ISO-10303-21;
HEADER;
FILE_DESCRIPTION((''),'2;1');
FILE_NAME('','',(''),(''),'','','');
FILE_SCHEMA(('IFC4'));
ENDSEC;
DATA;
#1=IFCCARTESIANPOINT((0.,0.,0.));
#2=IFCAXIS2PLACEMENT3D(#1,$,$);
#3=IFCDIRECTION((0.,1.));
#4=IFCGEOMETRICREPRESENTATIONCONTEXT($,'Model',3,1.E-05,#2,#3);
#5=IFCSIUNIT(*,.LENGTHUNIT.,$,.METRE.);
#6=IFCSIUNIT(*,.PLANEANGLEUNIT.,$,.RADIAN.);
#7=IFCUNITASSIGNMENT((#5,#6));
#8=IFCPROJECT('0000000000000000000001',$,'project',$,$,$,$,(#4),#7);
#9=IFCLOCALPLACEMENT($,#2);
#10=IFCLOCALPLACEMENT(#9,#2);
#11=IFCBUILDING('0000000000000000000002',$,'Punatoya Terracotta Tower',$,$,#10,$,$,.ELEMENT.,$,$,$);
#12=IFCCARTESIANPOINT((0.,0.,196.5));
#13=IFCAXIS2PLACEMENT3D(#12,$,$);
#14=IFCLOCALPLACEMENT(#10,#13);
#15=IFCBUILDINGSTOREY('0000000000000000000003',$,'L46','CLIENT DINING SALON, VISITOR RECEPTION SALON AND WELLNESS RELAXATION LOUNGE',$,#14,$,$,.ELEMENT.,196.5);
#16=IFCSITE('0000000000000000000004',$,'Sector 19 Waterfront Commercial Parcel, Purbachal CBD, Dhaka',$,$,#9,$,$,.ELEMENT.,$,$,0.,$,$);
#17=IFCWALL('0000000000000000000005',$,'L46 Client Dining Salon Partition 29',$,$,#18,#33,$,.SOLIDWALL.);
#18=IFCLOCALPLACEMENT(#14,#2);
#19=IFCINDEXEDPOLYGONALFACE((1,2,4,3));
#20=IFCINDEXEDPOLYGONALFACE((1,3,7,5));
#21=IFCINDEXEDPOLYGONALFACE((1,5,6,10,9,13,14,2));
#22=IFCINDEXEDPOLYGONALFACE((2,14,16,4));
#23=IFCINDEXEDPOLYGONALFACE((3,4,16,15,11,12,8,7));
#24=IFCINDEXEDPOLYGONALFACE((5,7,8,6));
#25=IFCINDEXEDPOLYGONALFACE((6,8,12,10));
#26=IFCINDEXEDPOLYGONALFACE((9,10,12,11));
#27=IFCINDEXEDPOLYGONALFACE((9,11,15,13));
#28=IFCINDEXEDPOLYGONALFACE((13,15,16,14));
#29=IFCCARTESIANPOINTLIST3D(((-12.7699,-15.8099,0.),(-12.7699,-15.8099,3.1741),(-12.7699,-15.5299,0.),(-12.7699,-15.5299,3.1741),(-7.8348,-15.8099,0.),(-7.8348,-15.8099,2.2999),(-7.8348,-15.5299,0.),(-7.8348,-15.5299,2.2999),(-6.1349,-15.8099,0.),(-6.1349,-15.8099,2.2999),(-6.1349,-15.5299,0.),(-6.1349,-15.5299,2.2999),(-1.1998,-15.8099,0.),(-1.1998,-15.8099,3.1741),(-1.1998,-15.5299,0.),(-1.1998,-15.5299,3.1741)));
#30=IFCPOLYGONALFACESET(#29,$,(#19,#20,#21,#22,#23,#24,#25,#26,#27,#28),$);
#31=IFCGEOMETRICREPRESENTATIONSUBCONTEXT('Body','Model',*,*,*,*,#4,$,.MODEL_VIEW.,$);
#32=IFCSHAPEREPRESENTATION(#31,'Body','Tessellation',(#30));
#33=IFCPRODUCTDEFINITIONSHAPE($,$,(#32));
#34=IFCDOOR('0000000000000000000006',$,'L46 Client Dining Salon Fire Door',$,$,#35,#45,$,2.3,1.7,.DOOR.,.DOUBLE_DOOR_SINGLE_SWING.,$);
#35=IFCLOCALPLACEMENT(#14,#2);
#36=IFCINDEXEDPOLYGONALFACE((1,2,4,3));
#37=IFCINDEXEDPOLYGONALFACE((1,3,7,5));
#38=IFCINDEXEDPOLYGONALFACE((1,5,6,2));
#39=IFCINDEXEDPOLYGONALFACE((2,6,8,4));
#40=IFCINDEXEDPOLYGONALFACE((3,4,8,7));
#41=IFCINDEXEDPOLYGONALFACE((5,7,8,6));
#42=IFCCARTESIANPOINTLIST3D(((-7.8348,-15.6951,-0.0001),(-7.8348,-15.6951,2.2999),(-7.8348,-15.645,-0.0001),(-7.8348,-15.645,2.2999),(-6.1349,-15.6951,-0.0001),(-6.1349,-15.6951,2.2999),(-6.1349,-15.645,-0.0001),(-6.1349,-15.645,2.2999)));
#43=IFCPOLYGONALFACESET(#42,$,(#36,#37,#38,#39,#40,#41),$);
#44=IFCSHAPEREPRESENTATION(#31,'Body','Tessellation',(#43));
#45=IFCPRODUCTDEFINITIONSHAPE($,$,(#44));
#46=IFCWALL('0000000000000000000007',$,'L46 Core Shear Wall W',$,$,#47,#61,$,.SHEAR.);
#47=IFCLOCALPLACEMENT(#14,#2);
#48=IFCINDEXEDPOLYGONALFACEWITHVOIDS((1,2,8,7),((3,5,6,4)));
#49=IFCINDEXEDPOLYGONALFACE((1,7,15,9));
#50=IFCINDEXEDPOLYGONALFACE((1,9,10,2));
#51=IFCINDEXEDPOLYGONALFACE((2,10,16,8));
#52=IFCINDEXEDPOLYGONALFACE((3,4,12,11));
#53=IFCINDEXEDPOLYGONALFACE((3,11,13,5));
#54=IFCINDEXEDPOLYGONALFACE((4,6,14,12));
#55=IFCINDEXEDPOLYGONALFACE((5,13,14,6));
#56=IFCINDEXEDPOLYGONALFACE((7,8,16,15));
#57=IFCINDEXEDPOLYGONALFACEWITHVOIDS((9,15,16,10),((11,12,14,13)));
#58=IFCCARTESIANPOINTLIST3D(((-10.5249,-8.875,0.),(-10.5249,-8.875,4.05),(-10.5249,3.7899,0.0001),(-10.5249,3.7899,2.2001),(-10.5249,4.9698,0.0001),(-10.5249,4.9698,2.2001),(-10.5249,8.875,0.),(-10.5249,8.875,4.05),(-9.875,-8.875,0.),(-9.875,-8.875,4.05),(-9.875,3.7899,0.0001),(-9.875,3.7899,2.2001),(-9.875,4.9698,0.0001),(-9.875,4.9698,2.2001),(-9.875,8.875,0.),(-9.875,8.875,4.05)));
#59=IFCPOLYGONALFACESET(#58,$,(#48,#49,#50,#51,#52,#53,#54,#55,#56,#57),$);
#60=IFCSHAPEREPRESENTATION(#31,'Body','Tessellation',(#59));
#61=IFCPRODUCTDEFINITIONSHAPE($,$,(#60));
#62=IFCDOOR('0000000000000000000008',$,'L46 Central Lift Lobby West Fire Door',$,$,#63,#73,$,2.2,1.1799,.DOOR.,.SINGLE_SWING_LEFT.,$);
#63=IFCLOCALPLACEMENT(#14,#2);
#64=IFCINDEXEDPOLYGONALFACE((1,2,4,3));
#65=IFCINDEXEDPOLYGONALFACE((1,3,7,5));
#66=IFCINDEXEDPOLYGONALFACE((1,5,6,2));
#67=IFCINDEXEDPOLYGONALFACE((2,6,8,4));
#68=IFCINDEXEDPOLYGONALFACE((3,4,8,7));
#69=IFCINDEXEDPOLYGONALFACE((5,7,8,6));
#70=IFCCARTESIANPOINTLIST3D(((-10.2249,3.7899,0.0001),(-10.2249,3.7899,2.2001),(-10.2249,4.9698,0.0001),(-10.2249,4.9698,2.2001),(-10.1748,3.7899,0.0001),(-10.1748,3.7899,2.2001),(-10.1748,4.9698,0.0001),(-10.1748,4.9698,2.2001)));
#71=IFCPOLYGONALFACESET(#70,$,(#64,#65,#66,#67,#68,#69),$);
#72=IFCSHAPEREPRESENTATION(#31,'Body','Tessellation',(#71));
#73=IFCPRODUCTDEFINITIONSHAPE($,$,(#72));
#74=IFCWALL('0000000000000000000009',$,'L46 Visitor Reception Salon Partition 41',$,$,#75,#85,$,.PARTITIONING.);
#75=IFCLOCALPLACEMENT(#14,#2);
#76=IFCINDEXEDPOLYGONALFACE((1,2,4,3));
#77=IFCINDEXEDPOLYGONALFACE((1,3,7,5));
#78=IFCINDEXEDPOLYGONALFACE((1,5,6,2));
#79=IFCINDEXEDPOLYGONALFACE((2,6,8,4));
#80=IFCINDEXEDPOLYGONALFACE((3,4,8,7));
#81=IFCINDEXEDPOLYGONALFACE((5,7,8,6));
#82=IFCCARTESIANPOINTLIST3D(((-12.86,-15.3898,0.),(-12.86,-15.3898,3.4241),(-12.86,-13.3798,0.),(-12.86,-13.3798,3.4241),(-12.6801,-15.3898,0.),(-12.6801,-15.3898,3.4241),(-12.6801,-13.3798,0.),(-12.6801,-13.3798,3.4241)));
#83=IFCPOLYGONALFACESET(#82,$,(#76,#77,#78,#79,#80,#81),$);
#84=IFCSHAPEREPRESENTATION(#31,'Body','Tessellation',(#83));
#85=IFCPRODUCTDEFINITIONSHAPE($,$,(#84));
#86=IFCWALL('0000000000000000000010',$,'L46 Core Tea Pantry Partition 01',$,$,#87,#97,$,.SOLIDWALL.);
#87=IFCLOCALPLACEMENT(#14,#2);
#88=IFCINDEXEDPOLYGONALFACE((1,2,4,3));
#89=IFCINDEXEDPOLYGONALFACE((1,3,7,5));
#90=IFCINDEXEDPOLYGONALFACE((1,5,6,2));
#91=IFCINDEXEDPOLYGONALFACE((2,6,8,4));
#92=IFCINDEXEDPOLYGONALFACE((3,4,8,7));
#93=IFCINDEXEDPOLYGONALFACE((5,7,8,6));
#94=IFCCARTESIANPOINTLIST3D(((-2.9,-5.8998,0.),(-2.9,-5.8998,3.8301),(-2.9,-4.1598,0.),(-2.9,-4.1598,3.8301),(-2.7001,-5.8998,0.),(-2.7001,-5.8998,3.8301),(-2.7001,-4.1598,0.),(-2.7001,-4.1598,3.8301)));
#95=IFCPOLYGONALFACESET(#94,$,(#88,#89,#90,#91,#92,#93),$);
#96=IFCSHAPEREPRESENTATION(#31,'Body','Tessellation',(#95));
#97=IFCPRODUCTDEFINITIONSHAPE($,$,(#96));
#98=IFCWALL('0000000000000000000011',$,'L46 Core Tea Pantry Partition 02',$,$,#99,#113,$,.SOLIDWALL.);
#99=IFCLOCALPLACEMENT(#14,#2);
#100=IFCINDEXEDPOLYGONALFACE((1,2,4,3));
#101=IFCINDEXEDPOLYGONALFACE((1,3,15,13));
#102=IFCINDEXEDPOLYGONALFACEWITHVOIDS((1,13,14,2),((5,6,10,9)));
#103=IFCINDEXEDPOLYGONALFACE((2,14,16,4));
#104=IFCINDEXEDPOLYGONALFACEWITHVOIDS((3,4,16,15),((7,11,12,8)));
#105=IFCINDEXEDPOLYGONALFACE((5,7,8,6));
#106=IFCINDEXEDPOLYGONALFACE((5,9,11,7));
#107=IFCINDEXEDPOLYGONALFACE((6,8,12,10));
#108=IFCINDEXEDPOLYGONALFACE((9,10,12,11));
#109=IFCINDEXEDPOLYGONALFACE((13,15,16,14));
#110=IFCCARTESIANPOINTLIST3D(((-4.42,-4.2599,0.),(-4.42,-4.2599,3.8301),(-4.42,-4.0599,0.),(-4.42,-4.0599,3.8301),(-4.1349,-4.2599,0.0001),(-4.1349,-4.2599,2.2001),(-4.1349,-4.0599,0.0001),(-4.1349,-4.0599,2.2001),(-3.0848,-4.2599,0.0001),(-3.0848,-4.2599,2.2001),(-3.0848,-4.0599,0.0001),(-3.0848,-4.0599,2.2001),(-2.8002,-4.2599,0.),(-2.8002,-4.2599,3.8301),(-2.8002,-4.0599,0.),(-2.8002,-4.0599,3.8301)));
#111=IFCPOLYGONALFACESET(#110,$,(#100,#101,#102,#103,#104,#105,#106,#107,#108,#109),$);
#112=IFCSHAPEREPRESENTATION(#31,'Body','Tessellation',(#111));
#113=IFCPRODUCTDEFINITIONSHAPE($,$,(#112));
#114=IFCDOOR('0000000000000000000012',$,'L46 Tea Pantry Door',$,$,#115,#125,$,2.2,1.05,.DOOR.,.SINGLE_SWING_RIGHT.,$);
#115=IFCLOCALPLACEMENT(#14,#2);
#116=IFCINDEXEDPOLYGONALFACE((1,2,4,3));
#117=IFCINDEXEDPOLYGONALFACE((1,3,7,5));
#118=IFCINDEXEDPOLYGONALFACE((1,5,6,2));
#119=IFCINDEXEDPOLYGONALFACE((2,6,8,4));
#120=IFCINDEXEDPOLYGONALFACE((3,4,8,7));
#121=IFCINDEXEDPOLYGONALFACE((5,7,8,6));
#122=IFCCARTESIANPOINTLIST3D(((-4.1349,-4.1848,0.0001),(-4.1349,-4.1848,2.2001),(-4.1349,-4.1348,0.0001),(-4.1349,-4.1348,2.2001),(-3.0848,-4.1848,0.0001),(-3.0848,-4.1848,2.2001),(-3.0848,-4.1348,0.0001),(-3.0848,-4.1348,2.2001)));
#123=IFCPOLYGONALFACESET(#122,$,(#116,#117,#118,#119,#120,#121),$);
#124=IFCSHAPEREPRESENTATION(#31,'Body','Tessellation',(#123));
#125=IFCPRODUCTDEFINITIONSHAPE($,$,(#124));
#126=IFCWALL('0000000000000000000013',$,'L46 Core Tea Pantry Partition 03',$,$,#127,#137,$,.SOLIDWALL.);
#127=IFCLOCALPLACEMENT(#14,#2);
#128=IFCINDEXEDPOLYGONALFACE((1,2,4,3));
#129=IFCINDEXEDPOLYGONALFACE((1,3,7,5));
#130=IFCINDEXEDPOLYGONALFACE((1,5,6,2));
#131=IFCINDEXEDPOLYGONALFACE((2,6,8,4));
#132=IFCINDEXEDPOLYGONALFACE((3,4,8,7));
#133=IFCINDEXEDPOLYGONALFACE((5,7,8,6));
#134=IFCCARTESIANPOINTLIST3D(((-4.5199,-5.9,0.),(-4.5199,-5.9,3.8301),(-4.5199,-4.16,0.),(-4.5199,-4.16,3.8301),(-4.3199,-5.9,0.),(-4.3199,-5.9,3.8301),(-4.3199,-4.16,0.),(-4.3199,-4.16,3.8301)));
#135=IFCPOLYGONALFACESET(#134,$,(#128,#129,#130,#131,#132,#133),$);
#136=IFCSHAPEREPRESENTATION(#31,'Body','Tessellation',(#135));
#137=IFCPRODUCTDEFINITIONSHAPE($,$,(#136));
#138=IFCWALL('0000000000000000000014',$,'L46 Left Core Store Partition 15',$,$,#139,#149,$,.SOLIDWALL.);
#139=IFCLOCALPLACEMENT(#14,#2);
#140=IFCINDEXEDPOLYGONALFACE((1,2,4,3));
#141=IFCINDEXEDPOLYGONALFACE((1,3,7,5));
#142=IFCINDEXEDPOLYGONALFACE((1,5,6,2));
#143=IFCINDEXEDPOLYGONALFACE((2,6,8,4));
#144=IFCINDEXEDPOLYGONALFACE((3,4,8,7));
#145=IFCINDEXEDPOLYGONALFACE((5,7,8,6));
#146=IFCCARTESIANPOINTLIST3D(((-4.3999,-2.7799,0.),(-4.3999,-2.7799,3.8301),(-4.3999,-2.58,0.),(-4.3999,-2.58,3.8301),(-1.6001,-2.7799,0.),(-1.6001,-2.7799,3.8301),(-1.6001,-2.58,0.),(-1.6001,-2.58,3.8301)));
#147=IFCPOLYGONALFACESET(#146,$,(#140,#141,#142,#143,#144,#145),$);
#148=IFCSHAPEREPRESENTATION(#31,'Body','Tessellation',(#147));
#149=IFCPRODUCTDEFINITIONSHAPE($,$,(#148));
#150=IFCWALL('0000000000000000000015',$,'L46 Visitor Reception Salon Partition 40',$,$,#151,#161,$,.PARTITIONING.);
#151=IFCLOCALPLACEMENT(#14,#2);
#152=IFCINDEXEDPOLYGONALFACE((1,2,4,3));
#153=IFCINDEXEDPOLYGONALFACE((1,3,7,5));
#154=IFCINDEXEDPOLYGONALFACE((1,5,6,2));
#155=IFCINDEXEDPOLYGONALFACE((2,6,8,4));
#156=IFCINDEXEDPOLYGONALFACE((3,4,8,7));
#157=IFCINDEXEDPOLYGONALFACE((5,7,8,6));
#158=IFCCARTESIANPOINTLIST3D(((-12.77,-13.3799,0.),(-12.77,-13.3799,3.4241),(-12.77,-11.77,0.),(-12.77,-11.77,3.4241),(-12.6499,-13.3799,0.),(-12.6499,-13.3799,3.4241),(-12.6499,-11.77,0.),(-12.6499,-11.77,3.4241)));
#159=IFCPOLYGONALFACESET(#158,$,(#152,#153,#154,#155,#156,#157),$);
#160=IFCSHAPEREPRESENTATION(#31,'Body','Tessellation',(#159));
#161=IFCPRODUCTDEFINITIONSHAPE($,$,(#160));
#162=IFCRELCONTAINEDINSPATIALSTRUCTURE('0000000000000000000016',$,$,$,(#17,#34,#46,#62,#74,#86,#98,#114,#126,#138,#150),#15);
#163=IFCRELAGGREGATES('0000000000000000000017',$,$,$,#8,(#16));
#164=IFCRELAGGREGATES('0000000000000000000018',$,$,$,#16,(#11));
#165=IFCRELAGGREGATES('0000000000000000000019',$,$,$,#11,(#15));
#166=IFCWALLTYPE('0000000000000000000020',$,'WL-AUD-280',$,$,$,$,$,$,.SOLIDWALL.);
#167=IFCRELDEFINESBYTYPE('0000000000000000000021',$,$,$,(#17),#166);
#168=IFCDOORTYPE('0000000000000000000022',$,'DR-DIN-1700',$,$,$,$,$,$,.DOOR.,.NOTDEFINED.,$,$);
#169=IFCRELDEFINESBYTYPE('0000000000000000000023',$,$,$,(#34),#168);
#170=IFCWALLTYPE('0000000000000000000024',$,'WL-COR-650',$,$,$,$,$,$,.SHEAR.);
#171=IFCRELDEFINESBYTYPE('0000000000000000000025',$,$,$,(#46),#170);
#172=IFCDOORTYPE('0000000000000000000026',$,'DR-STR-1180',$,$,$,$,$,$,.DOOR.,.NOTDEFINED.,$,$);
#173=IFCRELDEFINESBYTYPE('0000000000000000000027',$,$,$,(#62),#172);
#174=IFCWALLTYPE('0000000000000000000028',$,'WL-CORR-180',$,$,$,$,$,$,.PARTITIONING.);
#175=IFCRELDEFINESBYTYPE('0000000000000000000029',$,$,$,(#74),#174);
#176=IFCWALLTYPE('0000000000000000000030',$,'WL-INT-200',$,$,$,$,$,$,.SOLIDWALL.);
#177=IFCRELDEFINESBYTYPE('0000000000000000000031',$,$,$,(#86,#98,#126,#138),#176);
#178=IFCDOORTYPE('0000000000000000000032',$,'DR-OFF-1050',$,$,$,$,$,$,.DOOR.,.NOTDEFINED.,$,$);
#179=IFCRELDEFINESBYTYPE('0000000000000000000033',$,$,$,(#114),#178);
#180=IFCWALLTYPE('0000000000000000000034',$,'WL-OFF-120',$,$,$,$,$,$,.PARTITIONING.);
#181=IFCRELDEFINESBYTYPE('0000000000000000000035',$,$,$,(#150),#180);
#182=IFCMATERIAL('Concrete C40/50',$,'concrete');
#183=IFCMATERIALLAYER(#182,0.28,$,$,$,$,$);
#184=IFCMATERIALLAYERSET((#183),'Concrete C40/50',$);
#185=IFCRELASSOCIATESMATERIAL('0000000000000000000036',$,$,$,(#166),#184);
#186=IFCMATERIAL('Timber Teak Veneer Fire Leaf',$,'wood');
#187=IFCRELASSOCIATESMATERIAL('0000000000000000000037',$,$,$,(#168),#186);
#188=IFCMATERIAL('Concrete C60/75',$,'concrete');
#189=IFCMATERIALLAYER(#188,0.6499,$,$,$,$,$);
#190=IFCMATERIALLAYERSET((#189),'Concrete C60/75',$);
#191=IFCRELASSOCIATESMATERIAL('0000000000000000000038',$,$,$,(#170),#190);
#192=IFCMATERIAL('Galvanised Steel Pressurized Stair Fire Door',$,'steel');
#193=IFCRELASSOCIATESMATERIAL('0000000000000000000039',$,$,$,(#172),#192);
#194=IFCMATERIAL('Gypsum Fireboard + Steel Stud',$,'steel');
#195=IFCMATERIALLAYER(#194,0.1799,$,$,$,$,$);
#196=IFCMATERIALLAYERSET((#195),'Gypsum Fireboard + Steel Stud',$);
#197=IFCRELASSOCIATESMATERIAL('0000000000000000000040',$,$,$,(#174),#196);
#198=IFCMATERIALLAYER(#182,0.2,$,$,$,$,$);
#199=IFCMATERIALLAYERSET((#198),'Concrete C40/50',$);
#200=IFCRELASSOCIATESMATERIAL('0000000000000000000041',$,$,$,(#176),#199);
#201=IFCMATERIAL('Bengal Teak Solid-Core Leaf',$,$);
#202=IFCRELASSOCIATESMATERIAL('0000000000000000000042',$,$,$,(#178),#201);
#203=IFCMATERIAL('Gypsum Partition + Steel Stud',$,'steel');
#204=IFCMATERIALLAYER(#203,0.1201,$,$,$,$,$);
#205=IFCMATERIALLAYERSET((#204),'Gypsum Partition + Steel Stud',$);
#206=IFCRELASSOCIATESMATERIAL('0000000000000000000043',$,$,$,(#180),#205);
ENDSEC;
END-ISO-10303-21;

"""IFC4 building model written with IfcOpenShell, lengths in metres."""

from ifc_helpers import new_model, si_unit, direction, frame, frame_2d, origin, place, context, subcontext, project, spatial, rectangle, extrude, material, layer, layer_set, type_object, element, fill, save


model = new_model("IFC4")

# Units and contexts
model_context = context("Model", 3, precision=1e-05, world=origin(), true_north=direction((0.0, 1.0)))
body_context = subcontext(model_context, "Body", "Model", "MODEL_VIEW")
ifc_project = project(units=[si_unit("LENGTHUNIT", "METRE"), si_unit("PLANEANGLEUNIT", "RADIAN")], contexts=[model_context])

# Site, building, storey
site_placement = place(None, origin())
site = spatial("IfcSite", under=ifc_project, at=site_placement, Name="Sector 19 Waterfront Commercial Parcel, Purbachal CBD, Dhaka", CompositionType="ELEMENT", RefElevation=0.0)
building_placement = place(site_placement, origin())
building = spatial("IfcBuilding", under=site, at=building_placement, Name="Punatoya Terracotta Tower", CompositionType="ELEMENT")
storey_placement = place(building_placement, frame((0.0, 0.0, 196.5)))
storey = spatial("IfcBuildingStorey", under=building, at=storey_placement, Name="L46", Description="CLIENT DINING SALON, VISITOR RECEPTION SALON AND WELLNESS RELAXATION LOUNGE", CompositionType="ELEMENT", Elevation=196.5)

# Shared definitions
ifc_material_1 = material(Name="Concrete C60/75", Category="concrete")

# Walls, openings, doors
ifc_material_2 = material(Name="Concrete C40/50", Category="concrete")
ifc_layer_1 = layer(ifc_material_2, 0.28)
ifc_layer_set_1 = layer_set([ifc_layer_1], Name="Concrete C40/50")
wall_type_1 = type_object("IfcWallType", Name="WL-AUD-280", PredefinedType="SOLIDWALL", material=ifc_layer_set_1)
wall_1_placement = place(storey_placement, frame((-12.77, -15.6699, 0.0), z_axis=(0.0, 0.0, 1.0), x_axis=(1.0, 0.0, 0.0)))
wall_1 = element("IfcWall", 1, at=wall_1_placement, inside=storey, type_object=wall_type_1, Name="L46 Client Dining Salon Partition 29", PredefinedType="SOLIDWALL", context=body_context, shape_type="SweptSolid", body=[
    extrude(rectangle(XDim=11.5701, YDim=0.28, at=frame_2d((5.7852, 0.0))), origin(), (0.0, 0.0, 1.0), 3.1741),
])
opening_1_placement = place(wall_1_placement, frame((4.9351, 0.0, 0.0)))
opening_1 = element("IfcOpeningElement", 2, at=opening_1_placement, cuts=wall_1, PredefinedType="OPENING", context=body_context, shape_type="SweptSolid", body=[
    extrude(rectangle(XDim=1.7, YDim=2.3, at=frame_2d((0.8501, 1.1499))), frame((0.0, 0.1499, 0.0), z_axis=(0.0, -1.0, 0.0), x_axis=(1.0, 0.0, 0.0)), (0.0, 0.0, 1.0), 0.3),
])
ifc_material_3 = material(Name="Timber Teak Veneer Fire Leaf", Category="wood")
door_type_1 = type_object("IfcDoorType", Name="DR-DIN-1700", OperationType="NOTDEFINED", PredefinedType="DOOR", material=ifc_material_3)
door_1_placement = place(opening_1_placement, origin())
door_1 = element("IfcDoor", 3, at=door_1_placement, inside=storey, type_object=door_type_1, Name="L46 Client Dining Salon Fire Door", OperationType="DOUBLE_DOOR_SINGLE_SWING", OverallHeight=2.3, OverallWidth=1.7, PredefinedType="DOOR", context=body_context, shape_type="SweptSolid", body=[
    extrude(rectangle(XDim=1.7, YDim=2.3, at=frame_2d((0.8501, 1.1499))), frame((0.0, 0.0249, 0.0), z_axis=(0.0, -1.0, 0.0), x_axis=(1.0, 0.0, 0.0)), (0.0, 0.0, 1.0), 0.05),
])
fill(opening_1, door_1)
ifc_layer_2 = layer(ifc_material_1, 0.6499)
ifc_layer_set_2 = layer_set([ifc_layer_2], Name="Concrete C60/75")
wall_type_2 = type_object("IfcWallType", Name="WL-COR-650", PredefinedType="SHEAR", material=ifc_layer_set_2)
wall_2_placement = place(storey_placement, frame((-10.2, -8.875, 0.0), z_axis=(0.0, 0.0, 1.0), x_axis=(0.0, 1.0, 0.0)))
wall_2 = element("IfcWall", 4, at=wall_2_placement, inside=storey, type_object=wall_type_2, Name="L46 Core Shear Wall W", PredefinedType="SHEAR", context=body_context, shape_type="SweptSolid", body=[
    extrude(rectangle(XDim=17.75, YDim=0.6499, at=frame_2d((8.875, 0.0))), origin(), (0.0, 0.0, 1.0), 4.05),
])
opening_2_placement = place(wall_2_placement, frame((12.665, 0.0, 0.0)))
opening_2 = element("IfcOpeningElement", 5, at=opening_2_placement, cuts=wall_2, PredefinedType="OPENING", context=body_context, shape_type="SweptSolid", body=[
    extrude(rectangle(XDim=1.1799, YDim=2.2, at=frame_2d((0.5898, 1.1001))), frame((0.0, 0.335, 0.0), z_axis=(0.0, -1.0, 0.0), x_axis=(1.0, 0.0, 0.0)), (0.0, 0.0, 1.0), 0.6699),
])
ifc_material_4 = material(Name="Galvanised Steel Pressurized Stair Fire Door", Category="steel")
door_type_2 = type_object("IfcDoorType", Name="DR-STR-1180", OperationType="NOTDEFINED", PredefinedType="DOOR", material=ifc_material_4)
door_2_placement = place(opening_2_placement, origin())
door_2 = element("IfcDoor", 6, at=door_2_placement, inside=storey, type_object=door_type_2, Name="L46 Central Lift Lobby West Fire Door", OperationType="SINGLE_SWING_LEFT", OverallHeight=2.2, OverallWidth=1.1799, PredefinedType="DOOR", context=body_context, shape_type="SweptSolid", body=[
    extrude(rectangle(XDim=1.1799, YDim=2.2, at=frame_2d((0.5898, 1.1001))), frame((0.0, 0.0249, 0.0), z_axis=(0.0, -1.0, 0.0), x_axis=(1.0, 0.0, 0.0)), (0.0, 0.0, 1.0), 0.05),
])
fill(opening_2, door_2)

# Walls
ifc_material_5 = material(Name="Gypsum Fireboard + Steel Stud", Category="steel")
ifc_layer_3 = layer(ifc_material_5, 0.1799)
ifc_layer_set_3 = layer_set([ifc_layer_3], Name="Gypsum Fireboard + Steel Stud")
wall_type_3 = type_object("IfcWallType", Name="WL-CORR-180", PredefinedType="PARTITIONING", material=ifc_layer_set_3)
wall_3_placement = place(storey_placement, frame((-12.77, -13.3799, 0.0), z_axis=(0.0, 0.0, 1.0), x_axis=(0.0, -1.0, 0.0)))
element("IfcWall", 7, at=wall_3_placement, inside=storey, type_object=wall_type_3, Name="L46 Visitor Reception Salon Partition 41", PredefinedType="PARTITIONING", context=body_context, shape_type="SweptSolid", body=[
    extrude(rectangle(XDim=2.01, YDim=0.1799, at=frame_2d((1.0049, 0.0))), origin(), (0.0, 0.0, 1.0), 3.4241),
])
ifc_layer_4 = layer(ifc_material_2, 0.2)
ifc_layer_set_4 = layer_set([ifc_layer_4], Name="Concrete C40/50")
wall_type_4 = type_object("IfcWallType", Name="WL-INT-200", PredefinedType="SOLIDWALL", material=ifc_layer_set_4)
wall_4_placement = place(storey_placement, frame((-2.8, -5.8999, 0.0), z_axis=(0.0, 0.0, 1.0), x_axis=(0.0, 1.0, 0.0)))
element("IfcWall", 8, at=wall_4_placement, inside=storey, type_object=wall_type_4, Name="L46 Core Tea Pantry Partition 01", PredefinedType="SOLIDWALL", context=body_context, shape_type="SweptSolid", body=[
    extrude(rectangle(XDim=1.74, YDim=0.2, at=frame_2d((0.8701, 0.0))), origin(), (0.0, 0.0, 1.0), 3.8301),
])

# Wall, opening, door
wall_5_placement = place(storey_placement, frame((-2.8, -4.1599, 0.0), z_axis=(0.0, 0.0, 1.0), x_axis=(-1.0, 0.0, 0.0)))
wall_5 = element("IfcWall", 9, at=wall_5_placement, inside=storey, type_object=wall_type_4, Name="L46 Core Tea Pantry Partition 02", PredefinedType="SOLIDWALL", context=body_context, shape_type="SweptSolid", body=[
    extrude(rectangle(XDim=1.6199, YDim=0.2, at=frame_2d((0.8101, 0.0))), origin(), (0.0, 0.0, 1.0), 3.8301),
])
opening_3_placement = place(wall_5_placement, frame((0.2849, 0.0, 0.0)))
opening_3 = element("IfcOpeningElement", 10, at=opening_3_placement, cuts=wall_5, PredefinedType="OPENING", context=body_context, shape_type="SweptSolid", body=[
    extrude(rectangle(XDim=1.05, YDim=2.2, at=frame_2d((0.5249, 1.1001))), frame((0.0, 0.1099, 0.0), z_axis=(0.0, -1.0, 0.0), x_axis=(1.0, 0.0, 0.0)), (0.0, 0.0, 1.0), 0.22),
])
ifc_material_6 = material(Name="Bengal Teak Solid-Core Leaf")
door_type_3 = type_object("IfcDoorType", Name="DR-OFF-1050", OperationType="NOTDEFINED", PredefinedType="DOOR", material=ifc_material_6)
door_3_placement = place(opening_3_placement, origin())
door_3 = element("IfcDoor", 11, at=door_3_placement, inside=storey, type_object=door_type_3, Name="L46 Tea Pantry Door", OperationType="SINGLE_SWING_RIGHT", OverallHeight=2.2, OverallWidth=1.05, PredefinedType="DOOR", context=body_context, shape_type="SweptSolid", body=[
    extrude(rectangle(XDim=1.05, YDim=2.2, at=frame_2d((0.5249, 1.1001))), frame((0.0, 0.0249, 0.0), z_axis=(0.0, -1.0, 0.0), x_axis=(1.0, 0.0, 0.0)), (0.0, 0.0, 1.0), 0.05),
])
fill(opening_3, door_3)

# Walls
wall_6_placement = place(storey_placement, frame((-4.4199, -4.1599, 0.0), z_axis=(0.0, 0.0, 1.0), x_axis=(0.0, -1.0, 0.0)))
element("IfcWall", 12, at=wall_6_placement, inside=storey, type_object=wall_type_4, Name="L46 Core Tea Pantry Partition 03", PredefinedType="SOLIDWALL", context=body_context, shape_type="SweptSolid", body=[
    extrude(rectangle(XDim=1.74, YDim=0.2, at=frame_2d((0.8701, 0.0))), origin(), (0.0, 0.0, 1.0), 3.8301),
])
wall_7_placement = place(storey_placement, frame((-4.3999, -2.6799, 0.0), z_axis=(0.0, 0.0, 1.0), x_axis=(1.0, 0.0, 0.0)))
element("IfcWall", 13, at=wall_7_placement, inside=storey, type_object=wall_type_4, Name="L46 Left Core Store Partition 15", PredefinedType="SOLIDWALL", context=body_context, shape_type="SweptSolid", body=[
    extrude(rectangle(XDim=2.7998, YDim=0.2, at=frame_2d((1.3999, 0.0))), origin(), (0.0, 0.0, 1.0), 3.8301),
])
ifc_material_7 = material(Name="Gypsum Partition + Steel Stud", Category="steel")
ifc_layer_5 = layer(ifc_material_7, 0.1201)
ifc_layer_set_5 = layer_set([ifc_layer_5], Name="Gypsum Partition + Steel Stud")
wall_type_5 = type_object("IfcWallType", Name="WL-OFF-120", PredefinedType="PARTITIONING", material=ifc_layer_set_5)
wall_8_placement = place(storey_placement, frame((-12.71, -11.77, 0.0), z_axis=(0.0, 0.0, 1.0), x_axis=(0.0, -1.0, 0.0)))
element("IfcWall", 14, at=wall_8_placement, inside=storey, type_object=wall_type_5, Name="L46 Visitor Reception Salon Partition 40", PredefinedType="PARTITIONING", context=body_context, shape_type="SweptSolid", body=[
    extrude(rectangle(XDim=1.6099, YDim=0.1201, at=frame_2d((0.8049, 0.0))), origin(), (0.0, 0.0, 1.0), 3.4241),
])

save(model, "model.ifc")
